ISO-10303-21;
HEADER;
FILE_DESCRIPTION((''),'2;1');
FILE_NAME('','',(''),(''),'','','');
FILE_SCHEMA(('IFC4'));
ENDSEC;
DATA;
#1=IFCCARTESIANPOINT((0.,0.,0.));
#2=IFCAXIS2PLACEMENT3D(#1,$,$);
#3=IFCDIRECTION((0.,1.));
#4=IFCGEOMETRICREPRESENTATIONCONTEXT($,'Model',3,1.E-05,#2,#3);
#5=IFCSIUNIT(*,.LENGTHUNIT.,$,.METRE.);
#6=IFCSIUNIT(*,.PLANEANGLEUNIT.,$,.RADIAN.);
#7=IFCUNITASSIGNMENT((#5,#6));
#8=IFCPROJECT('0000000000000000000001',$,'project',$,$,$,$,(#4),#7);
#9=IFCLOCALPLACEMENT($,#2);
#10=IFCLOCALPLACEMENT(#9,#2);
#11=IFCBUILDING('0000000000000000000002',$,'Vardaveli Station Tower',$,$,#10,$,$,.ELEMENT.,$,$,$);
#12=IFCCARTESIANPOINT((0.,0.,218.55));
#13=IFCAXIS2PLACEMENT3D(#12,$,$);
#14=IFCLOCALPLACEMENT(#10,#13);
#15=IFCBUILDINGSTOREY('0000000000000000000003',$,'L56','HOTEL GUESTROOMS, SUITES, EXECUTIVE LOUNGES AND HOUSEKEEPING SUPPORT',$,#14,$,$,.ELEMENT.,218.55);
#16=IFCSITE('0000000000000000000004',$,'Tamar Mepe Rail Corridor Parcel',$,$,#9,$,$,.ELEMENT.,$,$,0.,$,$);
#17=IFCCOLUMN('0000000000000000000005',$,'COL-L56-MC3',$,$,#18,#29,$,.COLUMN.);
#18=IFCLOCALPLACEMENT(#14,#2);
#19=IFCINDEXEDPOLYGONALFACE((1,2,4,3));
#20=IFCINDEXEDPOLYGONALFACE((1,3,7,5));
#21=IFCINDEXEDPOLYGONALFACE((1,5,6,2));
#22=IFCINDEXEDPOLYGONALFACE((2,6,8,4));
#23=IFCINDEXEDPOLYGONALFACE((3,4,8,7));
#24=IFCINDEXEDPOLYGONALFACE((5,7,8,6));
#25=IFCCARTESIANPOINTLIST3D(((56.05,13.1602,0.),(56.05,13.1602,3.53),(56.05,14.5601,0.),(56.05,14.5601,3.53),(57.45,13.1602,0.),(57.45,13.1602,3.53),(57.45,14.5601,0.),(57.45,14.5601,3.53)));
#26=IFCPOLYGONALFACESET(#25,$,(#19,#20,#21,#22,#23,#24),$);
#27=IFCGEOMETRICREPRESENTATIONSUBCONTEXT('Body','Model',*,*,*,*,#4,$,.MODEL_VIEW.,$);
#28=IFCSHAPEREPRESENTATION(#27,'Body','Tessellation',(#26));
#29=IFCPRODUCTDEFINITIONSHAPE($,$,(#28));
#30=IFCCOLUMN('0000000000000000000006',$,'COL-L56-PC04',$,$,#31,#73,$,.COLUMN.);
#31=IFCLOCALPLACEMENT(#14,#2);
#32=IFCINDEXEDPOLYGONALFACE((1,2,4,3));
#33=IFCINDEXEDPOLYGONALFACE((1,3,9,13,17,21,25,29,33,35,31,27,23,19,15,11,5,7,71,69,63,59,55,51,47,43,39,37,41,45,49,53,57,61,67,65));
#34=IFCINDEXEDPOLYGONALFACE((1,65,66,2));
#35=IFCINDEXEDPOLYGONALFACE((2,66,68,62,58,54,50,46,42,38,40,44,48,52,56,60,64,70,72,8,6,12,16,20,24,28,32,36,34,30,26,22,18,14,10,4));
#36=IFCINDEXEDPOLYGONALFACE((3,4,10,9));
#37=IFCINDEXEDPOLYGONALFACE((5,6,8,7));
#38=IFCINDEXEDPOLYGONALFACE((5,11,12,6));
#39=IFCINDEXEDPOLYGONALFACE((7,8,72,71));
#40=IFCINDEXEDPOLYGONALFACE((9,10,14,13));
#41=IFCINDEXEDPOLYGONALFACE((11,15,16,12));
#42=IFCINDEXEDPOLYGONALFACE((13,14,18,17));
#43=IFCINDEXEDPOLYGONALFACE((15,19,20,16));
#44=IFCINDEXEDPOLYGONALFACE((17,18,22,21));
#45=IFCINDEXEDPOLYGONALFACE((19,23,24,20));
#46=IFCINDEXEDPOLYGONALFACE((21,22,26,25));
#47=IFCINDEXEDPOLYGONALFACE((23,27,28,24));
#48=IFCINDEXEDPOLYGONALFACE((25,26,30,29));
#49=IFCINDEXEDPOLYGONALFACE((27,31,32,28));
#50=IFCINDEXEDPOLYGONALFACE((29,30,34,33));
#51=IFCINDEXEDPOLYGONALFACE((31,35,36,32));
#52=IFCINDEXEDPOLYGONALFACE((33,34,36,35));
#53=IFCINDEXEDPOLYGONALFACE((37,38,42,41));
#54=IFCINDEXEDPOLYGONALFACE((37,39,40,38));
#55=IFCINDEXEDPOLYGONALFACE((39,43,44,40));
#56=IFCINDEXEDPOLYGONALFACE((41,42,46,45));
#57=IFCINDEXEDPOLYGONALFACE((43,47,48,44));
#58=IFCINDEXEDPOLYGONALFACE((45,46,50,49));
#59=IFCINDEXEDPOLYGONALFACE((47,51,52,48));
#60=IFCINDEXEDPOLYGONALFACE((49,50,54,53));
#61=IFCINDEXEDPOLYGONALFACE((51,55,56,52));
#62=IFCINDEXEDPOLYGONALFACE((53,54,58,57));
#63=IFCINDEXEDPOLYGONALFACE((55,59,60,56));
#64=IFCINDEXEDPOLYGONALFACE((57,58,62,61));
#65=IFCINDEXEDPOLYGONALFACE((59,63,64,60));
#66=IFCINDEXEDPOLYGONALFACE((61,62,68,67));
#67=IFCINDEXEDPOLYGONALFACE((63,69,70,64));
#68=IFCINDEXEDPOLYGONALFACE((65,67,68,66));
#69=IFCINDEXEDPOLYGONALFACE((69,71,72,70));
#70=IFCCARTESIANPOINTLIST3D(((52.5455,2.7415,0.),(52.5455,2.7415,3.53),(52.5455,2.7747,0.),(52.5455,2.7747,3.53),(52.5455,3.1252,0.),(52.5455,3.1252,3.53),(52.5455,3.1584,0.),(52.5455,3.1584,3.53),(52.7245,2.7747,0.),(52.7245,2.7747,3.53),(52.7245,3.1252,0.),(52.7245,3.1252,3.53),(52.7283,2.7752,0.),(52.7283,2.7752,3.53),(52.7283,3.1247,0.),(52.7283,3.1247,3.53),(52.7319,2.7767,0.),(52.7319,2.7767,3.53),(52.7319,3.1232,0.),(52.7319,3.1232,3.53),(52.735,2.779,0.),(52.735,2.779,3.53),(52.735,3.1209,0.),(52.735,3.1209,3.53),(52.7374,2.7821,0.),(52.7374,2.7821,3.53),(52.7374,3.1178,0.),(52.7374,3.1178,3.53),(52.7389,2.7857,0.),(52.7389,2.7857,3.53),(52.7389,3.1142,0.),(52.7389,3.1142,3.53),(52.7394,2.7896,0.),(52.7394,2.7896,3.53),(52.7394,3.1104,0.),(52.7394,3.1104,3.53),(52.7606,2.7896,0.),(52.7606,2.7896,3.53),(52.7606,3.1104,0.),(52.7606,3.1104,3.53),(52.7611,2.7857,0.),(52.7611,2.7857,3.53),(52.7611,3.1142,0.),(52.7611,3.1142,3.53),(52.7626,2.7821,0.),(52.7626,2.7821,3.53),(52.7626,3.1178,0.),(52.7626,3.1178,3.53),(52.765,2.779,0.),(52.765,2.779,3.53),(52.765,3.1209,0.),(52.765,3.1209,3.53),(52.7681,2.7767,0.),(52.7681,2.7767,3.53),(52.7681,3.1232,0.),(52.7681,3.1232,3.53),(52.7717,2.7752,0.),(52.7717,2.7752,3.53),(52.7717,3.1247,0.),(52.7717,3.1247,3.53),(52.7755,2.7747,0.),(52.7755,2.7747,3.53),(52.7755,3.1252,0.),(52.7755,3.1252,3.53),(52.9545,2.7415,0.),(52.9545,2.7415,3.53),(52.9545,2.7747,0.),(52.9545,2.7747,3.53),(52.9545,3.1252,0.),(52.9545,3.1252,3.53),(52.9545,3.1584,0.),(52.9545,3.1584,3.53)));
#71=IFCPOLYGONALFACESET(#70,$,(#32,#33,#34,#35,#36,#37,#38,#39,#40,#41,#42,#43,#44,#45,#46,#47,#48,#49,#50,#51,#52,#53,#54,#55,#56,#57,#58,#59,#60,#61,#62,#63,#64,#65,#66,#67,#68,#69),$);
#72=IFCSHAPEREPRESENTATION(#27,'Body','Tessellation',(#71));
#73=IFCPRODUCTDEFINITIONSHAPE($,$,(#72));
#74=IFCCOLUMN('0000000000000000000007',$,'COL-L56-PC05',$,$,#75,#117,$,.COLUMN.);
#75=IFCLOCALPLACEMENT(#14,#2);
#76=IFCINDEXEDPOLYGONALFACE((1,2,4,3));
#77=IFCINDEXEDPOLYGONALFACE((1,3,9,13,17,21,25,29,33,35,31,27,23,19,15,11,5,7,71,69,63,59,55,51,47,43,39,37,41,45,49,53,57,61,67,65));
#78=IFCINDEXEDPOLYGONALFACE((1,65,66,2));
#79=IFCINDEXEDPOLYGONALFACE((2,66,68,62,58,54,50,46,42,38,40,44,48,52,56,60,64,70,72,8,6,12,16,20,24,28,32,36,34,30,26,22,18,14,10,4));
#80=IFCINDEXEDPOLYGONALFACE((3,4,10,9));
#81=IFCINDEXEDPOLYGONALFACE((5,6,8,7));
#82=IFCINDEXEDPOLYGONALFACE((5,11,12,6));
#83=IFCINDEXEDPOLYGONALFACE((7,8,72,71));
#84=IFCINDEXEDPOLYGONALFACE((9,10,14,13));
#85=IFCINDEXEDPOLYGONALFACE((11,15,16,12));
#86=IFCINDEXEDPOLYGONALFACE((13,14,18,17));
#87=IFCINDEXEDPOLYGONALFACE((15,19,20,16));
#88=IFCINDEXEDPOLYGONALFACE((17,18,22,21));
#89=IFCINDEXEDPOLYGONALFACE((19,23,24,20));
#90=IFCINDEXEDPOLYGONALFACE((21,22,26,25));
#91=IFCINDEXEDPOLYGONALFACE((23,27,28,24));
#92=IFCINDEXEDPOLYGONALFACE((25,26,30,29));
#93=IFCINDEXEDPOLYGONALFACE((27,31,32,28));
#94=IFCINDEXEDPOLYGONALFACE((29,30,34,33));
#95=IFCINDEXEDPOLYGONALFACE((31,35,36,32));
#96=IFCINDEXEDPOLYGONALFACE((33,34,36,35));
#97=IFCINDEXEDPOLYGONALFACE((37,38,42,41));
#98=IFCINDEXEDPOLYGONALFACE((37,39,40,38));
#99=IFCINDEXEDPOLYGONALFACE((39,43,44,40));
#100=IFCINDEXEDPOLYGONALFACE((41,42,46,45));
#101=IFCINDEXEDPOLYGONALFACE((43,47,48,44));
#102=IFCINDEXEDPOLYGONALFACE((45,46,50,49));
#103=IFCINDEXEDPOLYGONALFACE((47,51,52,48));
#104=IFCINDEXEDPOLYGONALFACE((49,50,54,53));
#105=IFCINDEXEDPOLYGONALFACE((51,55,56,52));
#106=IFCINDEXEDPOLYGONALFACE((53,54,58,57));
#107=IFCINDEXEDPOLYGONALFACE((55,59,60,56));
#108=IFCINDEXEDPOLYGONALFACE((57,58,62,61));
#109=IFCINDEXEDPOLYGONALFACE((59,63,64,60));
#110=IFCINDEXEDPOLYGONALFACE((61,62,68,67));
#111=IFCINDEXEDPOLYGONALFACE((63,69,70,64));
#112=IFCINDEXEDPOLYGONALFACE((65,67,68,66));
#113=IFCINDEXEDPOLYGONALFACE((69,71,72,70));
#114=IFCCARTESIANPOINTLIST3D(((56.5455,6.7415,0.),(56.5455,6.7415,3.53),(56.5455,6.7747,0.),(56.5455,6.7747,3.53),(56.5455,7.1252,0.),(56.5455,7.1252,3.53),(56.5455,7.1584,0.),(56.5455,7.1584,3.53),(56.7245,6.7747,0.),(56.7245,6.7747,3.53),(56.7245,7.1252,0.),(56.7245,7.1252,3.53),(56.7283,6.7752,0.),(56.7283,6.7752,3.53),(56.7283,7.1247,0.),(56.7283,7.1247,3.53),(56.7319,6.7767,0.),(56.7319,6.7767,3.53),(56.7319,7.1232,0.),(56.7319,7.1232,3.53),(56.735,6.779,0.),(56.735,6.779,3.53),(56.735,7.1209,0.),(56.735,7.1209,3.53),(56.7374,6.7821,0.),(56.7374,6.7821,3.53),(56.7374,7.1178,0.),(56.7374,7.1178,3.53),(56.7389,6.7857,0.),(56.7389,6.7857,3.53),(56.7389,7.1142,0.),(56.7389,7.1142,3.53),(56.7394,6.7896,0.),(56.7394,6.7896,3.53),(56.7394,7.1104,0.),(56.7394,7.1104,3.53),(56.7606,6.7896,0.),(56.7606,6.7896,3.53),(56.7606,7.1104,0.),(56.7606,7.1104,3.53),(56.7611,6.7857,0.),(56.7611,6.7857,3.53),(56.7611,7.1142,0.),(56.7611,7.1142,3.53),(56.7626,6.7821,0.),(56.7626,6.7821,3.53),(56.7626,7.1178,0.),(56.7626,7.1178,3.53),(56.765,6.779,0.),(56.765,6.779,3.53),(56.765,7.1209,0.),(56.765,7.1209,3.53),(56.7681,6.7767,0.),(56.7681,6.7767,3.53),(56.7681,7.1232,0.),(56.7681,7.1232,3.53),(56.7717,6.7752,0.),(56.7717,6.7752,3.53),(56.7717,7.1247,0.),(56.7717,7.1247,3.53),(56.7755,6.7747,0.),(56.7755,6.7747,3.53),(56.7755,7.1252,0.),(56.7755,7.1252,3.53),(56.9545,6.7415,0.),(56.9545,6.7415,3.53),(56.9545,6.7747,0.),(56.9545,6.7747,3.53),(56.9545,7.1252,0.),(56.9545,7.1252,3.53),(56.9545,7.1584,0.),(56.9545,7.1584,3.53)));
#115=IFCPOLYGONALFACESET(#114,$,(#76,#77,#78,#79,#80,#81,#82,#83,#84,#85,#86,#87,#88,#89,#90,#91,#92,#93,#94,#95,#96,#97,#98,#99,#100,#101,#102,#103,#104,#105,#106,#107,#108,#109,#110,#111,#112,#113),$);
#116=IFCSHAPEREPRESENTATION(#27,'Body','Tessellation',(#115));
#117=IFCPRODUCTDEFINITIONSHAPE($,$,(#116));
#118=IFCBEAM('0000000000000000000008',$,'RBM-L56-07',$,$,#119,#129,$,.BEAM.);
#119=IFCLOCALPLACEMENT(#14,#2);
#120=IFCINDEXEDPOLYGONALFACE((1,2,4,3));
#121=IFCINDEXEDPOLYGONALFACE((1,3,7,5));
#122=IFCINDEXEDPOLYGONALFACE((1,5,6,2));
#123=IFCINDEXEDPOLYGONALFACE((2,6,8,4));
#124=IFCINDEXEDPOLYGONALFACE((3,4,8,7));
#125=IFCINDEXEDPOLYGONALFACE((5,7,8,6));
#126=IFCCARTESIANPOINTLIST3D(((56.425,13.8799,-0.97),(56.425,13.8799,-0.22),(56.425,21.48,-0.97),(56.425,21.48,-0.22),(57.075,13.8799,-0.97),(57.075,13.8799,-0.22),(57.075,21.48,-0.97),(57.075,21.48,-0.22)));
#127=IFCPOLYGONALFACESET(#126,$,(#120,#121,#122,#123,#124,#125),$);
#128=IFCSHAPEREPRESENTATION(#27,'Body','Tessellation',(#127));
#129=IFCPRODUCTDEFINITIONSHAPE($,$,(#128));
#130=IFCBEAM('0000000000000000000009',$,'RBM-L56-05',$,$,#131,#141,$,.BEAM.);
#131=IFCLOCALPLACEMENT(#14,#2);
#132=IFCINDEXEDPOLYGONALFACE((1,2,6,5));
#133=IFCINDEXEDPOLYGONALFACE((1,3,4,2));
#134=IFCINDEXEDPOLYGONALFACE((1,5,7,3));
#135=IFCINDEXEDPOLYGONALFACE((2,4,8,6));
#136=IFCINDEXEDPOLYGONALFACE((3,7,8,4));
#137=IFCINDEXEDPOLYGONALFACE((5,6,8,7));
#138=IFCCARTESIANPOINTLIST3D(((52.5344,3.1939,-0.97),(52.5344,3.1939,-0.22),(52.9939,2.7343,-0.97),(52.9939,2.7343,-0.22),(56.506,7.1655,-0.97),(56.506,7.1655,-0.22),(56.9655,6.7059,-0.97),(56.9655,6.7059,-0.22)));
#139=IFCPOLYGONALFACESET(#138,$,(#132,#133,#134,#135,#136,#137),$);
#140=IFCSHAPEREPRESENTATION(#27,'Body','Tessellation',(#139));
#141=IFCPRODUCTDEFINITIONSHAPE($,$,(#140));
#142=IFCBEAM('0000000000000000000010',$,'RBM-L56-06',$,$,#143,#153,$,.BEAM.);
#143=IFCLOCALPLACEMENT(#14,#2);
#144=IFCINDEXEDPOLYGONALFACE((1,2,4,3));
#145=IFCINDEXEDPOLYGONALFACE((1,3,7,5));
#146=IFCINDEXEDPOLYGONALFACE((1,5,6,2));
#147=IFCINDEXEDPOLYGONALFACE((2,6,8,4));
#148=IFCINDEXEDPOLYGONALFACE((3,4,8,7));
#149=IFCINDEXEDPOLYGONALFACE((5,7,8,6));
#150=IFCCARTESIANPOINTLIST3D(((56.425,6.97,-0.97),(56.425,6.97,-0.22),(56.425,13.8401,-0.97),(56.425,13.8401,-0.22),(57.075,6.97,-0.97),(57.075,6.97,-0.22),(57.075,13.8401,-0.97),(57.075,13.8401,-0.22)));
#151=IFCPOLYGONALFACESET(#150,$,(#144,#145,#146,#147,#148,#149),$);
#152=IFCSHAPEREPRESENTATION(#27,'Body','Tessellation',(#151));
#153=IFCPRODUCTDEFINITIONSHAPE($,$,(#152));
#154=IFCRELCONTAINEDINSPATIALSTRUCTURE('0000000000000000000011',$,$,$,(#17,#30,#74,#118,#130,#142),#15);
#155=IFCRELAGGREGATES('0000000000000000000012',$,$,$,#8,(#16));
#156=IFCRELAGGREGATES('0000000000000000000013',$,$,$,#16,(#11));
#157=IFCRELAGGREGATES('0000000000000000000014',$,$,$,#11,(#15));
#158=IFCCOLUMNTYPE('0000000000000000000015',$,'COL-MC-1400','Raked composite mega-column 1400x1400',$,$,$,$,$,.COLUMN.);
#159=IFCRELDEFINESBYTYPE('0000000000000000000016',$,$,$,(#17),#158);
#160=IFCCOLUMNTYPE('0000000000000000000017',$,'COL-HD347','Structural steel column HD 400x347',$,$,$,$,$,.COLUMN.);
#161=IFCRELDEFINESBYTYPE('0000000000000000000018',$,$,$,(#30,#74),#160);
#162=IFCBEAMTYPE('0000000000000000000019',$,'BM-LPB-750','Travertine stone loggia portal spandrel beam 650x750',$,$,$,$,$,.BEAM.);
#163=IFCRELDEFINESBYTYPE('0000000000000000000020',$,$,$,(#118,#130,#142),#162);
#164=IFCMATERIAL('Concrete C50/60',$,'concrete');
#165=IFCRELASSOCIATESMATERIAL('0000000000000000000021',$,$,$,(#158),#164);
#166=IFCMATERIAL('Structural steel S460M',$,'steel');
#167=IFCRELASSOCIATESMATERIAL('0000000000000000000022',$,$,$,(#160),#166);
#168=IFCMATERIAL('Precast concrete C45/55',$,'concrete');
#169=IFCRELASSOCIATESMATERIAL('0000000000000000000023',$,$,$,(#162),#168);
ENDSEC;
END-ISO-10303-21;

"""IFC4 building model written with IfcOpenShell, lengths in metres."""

from ifc_helpers import new_model, si_unit, direction, frame, origin, origin_2d, place, context, subcontext, project, spatial, rectangle, i_section, extrude, source, transform, mapped, material, material_profile, profile_set, type_object, element, save


model = new_model("IFC4")

# Units and contexts
model_context = context("Model", 3, precision=1e-05, world=origin(), true_north=direction((0.0, 1.0)))
body_context = subcontext(model_context, "Body", "Model", "MODEL_VIEW")
ifc_project = project(units=[si_unit("LENGTHUNIT", "METRE"), si_unit("PLANEANGLEUNIT", "RADIAN")], contexts=[model_context])

# Site, building, storey
site_placement = place(None, origin())
site = spatial("IfcSite", under=ifc_project, at=site_placement, Name="Tamar Mepe Rail Corridor Parcel", CompositionType="ELEMENT", RefElevation=0.0)
building_placement = place(site_placement, origin())
building = spatial("IfcBuilding", under=site, at=building_placement, Name="Vardaveli Station Tower", CompositionType="ELEMENT")
storey_placement = place(building_placement, frame((0.0, 0.0, 218.55)))
storey = spatial("IfcBuildingStorey", under=building, at=storey_placement, Name="L56", Description="HOTEL GUESTROOMS, SUITES, EXECUTIVE LOUNGES AND HOUSEKEEPING SUPPORT", CompositionType="ELEMENT", Elevation=218.55)

# Columns
ifc_material_1 = material(Name="Concrete C50/60", Category="concrete")
ifc_material_profile_1 = material_profile(ifc_material_1, rectangle(XDim=1.3999, YDim=1.3999, at=origin_2d()), Name="MC 1400x1400")
ifc_profile_set_1 = profile_set([ifc_material_profile_1], Name="Concrete C50/60")
column_type_1 = type_object("IfcColumnType", Name="COL-MC-1400", Description="Raked composite mega-column 1400x1400", PredefinedType="COLUMN", material=ifc_profile_set_1)
shared_shape_1 = source(origin(), body_context, "Body", "SweptSolid", [
    extrude(rectangle(XDim=1.3999, YDim=1.3999, at=origin_2d()), origin(), (0.0, 0.0, 1.0), 3.53),
])
column_placement = place(storey_placement, frame((56.75, 13.8601, 0.0), z_axis=(0.0, 0.0, 1.0), x_axis=(1.0, 0.0, 0.0)))
element("IfcColumn", 1, at=column_placement, inside=storey, type_object=column_type_1, Name="COL-L56-MC3", PredefinedType="COLUMN", context=body_context, shape_type="MappedRepresentation", body=[
    mapped(shared_shape_1, transform((0.0, 0.0, 0.0), scale=1.0)),
])
ifc_material_2 = material(Name="Structural steel S460M", Category="steel")
ifc_material_profile_2 = material_profile(ifc_material_2, i_section(OverallWidth=0.4089, OverallDepth=0.417, WebThickness=0.0212, FlangeThickness=0.0332, FilletRadius=0.0149, at=origin_2d()), Name="HD 400x347")
ifc_profile_set_2 = profile_set([ifc_material_profile_2], Name="Structural steel S460M")
column_type_2 = type_object("IfcColumnType", Name="COL-HD347", Description="Structural steel column HD 400x347", PredefinedType="COLUMN", material=ifc_profile_set_2)
shared_shape_2 = source(origin(), body_context, "Body", "SweptSolid", [
    extrude(i_section(OverallWidth=0.4089, OverallDepth=0.417, WebThickness=0.0212, FlangeThickness=0.0332, FilletRadius=0.0149, at=origin_2d()), origin(), (0.0, 0.0, 1.0), 3.53),
])
for number, where, z_axis, x_axis, name in (
    (2, (52.75, 2.95, 0.0), (0.0, 0.0, 1.0), (1.0, 0.0, 0.0), "COL-L56-PC04"),
    (3, (56.75, 6.95, 0.0), (0.0, 0.0, 1.0), (1.0, 0.0, 0.0), "COL-L56-PC05"),
):
    element("IfcColumn", number, at=place(storey_placement, frame(where, z_axis=z_axis, x_axis=x_axis)), inside=storey, type_object=column_type_2, Name=name, PredefinedType="COLUMN", context=body_context, shape_type="MappedRepresentation", body=[
        mapped(shared_shape_2, transform((0.0, 0.0, 0.0), scale=1.0)),
    ])

# Beams
ifc_material_3 = material(Name="Precast concrete C45/55", Category="concrete")
ifc_material_profile_3 = material_profile(ifc_material_3, rectangle(XDim=0.6499, YDim=0.75, at=origin_2d()), Name="LPB 650x750")
ifc_profile_set_3 = profile_set([ifc_material_profile_3], Name="Precast concrete C45/55")
beam_type_1 = type_object("IfcBeamType", Name="BM-LPB-750", Description="Travertine stone loggia portal spandrel beam 650x750", PredefinedType="BEAM", material=ifc_profile_set_3)
shared_shape_3 = source(origin(), body_context, "Body", "SweptSolid", [
    extrude(rectangle(XDim=0.6499, YDim=0.75, at=origin_2d()), origin(), (0.0, 0.0, 1.0), 7.6001),
])
beam_1_placement = place(storey_placement, frame((56.75, 13.8799, -0.595), z_axis=(0.0, 1.0, 0.0), x_axis=(-1.0, 0.0, 0.0)))
element("IfcBeam", 4, at=beam_1_placement, inside=storey, type_object=beam_type_1, Name="RBM-L56-07", PredefinedType="BEAM", context=body_context, shape_type="MappedRepresentation", body=[
    mapped(shared_shape_3, transform((0.0, 0.0, 0.0), scale=1.0)),
])
shared_shape_4 = source(origin(), body_context, "Body", "SweptSolid", [
    extrude(rectangle(XDim=0.6499, YDim=0.75, at=origin_2d()), origin(), (0.0, 0.0, 1.0), 5.6167),
])
beam_2_placement = place(storey_placement, frame((52.7642, 2.9641, -0.595), z_axis=(0.707107, 0.707107, 0.0), x_axis=(-0.707107, 0.707107, 0.0)))
element("IfcBeam", 5, at=beam_2_placement, inside=storey, type_object=beam_type_1, Name="RBM-L56-05", PredefinedType="BEAM", context=body_context, shape_type="MappedRepresentation", body=[
    mapped(shared_shape_4, transform((0.0, 0.0, 0.0), scale=1.0)),
])
shared_shape_5 = source(origin(), body_context, "Body", "SweptSolid", [
    extrude(rectangle(XDim=0.6499, YDim=0.75, at=origin_2d()), origin(), (0.0, 0.0, 1.0), 6.8701),
])
beam_3_placement = place(storey_placement, frame((56.75, 6.97, -0.595), z_axis=(0.0, 1.0, 0.0), x_axis=(-1.0, 0.0, 0.0)))
element("IfcBeam", 6, at=beam_3_placement, inside=storey, type_object=beam_type_1, Name="RBM-L56-06", PredefinedType="BEAM", context=body_context, shape_type="MappedRepresentation", body=[
    mapped(shared_shape_5, transform((0.0, 0.0, 0.0), scale=1.0)),
])

save(model, "model.ifc")
